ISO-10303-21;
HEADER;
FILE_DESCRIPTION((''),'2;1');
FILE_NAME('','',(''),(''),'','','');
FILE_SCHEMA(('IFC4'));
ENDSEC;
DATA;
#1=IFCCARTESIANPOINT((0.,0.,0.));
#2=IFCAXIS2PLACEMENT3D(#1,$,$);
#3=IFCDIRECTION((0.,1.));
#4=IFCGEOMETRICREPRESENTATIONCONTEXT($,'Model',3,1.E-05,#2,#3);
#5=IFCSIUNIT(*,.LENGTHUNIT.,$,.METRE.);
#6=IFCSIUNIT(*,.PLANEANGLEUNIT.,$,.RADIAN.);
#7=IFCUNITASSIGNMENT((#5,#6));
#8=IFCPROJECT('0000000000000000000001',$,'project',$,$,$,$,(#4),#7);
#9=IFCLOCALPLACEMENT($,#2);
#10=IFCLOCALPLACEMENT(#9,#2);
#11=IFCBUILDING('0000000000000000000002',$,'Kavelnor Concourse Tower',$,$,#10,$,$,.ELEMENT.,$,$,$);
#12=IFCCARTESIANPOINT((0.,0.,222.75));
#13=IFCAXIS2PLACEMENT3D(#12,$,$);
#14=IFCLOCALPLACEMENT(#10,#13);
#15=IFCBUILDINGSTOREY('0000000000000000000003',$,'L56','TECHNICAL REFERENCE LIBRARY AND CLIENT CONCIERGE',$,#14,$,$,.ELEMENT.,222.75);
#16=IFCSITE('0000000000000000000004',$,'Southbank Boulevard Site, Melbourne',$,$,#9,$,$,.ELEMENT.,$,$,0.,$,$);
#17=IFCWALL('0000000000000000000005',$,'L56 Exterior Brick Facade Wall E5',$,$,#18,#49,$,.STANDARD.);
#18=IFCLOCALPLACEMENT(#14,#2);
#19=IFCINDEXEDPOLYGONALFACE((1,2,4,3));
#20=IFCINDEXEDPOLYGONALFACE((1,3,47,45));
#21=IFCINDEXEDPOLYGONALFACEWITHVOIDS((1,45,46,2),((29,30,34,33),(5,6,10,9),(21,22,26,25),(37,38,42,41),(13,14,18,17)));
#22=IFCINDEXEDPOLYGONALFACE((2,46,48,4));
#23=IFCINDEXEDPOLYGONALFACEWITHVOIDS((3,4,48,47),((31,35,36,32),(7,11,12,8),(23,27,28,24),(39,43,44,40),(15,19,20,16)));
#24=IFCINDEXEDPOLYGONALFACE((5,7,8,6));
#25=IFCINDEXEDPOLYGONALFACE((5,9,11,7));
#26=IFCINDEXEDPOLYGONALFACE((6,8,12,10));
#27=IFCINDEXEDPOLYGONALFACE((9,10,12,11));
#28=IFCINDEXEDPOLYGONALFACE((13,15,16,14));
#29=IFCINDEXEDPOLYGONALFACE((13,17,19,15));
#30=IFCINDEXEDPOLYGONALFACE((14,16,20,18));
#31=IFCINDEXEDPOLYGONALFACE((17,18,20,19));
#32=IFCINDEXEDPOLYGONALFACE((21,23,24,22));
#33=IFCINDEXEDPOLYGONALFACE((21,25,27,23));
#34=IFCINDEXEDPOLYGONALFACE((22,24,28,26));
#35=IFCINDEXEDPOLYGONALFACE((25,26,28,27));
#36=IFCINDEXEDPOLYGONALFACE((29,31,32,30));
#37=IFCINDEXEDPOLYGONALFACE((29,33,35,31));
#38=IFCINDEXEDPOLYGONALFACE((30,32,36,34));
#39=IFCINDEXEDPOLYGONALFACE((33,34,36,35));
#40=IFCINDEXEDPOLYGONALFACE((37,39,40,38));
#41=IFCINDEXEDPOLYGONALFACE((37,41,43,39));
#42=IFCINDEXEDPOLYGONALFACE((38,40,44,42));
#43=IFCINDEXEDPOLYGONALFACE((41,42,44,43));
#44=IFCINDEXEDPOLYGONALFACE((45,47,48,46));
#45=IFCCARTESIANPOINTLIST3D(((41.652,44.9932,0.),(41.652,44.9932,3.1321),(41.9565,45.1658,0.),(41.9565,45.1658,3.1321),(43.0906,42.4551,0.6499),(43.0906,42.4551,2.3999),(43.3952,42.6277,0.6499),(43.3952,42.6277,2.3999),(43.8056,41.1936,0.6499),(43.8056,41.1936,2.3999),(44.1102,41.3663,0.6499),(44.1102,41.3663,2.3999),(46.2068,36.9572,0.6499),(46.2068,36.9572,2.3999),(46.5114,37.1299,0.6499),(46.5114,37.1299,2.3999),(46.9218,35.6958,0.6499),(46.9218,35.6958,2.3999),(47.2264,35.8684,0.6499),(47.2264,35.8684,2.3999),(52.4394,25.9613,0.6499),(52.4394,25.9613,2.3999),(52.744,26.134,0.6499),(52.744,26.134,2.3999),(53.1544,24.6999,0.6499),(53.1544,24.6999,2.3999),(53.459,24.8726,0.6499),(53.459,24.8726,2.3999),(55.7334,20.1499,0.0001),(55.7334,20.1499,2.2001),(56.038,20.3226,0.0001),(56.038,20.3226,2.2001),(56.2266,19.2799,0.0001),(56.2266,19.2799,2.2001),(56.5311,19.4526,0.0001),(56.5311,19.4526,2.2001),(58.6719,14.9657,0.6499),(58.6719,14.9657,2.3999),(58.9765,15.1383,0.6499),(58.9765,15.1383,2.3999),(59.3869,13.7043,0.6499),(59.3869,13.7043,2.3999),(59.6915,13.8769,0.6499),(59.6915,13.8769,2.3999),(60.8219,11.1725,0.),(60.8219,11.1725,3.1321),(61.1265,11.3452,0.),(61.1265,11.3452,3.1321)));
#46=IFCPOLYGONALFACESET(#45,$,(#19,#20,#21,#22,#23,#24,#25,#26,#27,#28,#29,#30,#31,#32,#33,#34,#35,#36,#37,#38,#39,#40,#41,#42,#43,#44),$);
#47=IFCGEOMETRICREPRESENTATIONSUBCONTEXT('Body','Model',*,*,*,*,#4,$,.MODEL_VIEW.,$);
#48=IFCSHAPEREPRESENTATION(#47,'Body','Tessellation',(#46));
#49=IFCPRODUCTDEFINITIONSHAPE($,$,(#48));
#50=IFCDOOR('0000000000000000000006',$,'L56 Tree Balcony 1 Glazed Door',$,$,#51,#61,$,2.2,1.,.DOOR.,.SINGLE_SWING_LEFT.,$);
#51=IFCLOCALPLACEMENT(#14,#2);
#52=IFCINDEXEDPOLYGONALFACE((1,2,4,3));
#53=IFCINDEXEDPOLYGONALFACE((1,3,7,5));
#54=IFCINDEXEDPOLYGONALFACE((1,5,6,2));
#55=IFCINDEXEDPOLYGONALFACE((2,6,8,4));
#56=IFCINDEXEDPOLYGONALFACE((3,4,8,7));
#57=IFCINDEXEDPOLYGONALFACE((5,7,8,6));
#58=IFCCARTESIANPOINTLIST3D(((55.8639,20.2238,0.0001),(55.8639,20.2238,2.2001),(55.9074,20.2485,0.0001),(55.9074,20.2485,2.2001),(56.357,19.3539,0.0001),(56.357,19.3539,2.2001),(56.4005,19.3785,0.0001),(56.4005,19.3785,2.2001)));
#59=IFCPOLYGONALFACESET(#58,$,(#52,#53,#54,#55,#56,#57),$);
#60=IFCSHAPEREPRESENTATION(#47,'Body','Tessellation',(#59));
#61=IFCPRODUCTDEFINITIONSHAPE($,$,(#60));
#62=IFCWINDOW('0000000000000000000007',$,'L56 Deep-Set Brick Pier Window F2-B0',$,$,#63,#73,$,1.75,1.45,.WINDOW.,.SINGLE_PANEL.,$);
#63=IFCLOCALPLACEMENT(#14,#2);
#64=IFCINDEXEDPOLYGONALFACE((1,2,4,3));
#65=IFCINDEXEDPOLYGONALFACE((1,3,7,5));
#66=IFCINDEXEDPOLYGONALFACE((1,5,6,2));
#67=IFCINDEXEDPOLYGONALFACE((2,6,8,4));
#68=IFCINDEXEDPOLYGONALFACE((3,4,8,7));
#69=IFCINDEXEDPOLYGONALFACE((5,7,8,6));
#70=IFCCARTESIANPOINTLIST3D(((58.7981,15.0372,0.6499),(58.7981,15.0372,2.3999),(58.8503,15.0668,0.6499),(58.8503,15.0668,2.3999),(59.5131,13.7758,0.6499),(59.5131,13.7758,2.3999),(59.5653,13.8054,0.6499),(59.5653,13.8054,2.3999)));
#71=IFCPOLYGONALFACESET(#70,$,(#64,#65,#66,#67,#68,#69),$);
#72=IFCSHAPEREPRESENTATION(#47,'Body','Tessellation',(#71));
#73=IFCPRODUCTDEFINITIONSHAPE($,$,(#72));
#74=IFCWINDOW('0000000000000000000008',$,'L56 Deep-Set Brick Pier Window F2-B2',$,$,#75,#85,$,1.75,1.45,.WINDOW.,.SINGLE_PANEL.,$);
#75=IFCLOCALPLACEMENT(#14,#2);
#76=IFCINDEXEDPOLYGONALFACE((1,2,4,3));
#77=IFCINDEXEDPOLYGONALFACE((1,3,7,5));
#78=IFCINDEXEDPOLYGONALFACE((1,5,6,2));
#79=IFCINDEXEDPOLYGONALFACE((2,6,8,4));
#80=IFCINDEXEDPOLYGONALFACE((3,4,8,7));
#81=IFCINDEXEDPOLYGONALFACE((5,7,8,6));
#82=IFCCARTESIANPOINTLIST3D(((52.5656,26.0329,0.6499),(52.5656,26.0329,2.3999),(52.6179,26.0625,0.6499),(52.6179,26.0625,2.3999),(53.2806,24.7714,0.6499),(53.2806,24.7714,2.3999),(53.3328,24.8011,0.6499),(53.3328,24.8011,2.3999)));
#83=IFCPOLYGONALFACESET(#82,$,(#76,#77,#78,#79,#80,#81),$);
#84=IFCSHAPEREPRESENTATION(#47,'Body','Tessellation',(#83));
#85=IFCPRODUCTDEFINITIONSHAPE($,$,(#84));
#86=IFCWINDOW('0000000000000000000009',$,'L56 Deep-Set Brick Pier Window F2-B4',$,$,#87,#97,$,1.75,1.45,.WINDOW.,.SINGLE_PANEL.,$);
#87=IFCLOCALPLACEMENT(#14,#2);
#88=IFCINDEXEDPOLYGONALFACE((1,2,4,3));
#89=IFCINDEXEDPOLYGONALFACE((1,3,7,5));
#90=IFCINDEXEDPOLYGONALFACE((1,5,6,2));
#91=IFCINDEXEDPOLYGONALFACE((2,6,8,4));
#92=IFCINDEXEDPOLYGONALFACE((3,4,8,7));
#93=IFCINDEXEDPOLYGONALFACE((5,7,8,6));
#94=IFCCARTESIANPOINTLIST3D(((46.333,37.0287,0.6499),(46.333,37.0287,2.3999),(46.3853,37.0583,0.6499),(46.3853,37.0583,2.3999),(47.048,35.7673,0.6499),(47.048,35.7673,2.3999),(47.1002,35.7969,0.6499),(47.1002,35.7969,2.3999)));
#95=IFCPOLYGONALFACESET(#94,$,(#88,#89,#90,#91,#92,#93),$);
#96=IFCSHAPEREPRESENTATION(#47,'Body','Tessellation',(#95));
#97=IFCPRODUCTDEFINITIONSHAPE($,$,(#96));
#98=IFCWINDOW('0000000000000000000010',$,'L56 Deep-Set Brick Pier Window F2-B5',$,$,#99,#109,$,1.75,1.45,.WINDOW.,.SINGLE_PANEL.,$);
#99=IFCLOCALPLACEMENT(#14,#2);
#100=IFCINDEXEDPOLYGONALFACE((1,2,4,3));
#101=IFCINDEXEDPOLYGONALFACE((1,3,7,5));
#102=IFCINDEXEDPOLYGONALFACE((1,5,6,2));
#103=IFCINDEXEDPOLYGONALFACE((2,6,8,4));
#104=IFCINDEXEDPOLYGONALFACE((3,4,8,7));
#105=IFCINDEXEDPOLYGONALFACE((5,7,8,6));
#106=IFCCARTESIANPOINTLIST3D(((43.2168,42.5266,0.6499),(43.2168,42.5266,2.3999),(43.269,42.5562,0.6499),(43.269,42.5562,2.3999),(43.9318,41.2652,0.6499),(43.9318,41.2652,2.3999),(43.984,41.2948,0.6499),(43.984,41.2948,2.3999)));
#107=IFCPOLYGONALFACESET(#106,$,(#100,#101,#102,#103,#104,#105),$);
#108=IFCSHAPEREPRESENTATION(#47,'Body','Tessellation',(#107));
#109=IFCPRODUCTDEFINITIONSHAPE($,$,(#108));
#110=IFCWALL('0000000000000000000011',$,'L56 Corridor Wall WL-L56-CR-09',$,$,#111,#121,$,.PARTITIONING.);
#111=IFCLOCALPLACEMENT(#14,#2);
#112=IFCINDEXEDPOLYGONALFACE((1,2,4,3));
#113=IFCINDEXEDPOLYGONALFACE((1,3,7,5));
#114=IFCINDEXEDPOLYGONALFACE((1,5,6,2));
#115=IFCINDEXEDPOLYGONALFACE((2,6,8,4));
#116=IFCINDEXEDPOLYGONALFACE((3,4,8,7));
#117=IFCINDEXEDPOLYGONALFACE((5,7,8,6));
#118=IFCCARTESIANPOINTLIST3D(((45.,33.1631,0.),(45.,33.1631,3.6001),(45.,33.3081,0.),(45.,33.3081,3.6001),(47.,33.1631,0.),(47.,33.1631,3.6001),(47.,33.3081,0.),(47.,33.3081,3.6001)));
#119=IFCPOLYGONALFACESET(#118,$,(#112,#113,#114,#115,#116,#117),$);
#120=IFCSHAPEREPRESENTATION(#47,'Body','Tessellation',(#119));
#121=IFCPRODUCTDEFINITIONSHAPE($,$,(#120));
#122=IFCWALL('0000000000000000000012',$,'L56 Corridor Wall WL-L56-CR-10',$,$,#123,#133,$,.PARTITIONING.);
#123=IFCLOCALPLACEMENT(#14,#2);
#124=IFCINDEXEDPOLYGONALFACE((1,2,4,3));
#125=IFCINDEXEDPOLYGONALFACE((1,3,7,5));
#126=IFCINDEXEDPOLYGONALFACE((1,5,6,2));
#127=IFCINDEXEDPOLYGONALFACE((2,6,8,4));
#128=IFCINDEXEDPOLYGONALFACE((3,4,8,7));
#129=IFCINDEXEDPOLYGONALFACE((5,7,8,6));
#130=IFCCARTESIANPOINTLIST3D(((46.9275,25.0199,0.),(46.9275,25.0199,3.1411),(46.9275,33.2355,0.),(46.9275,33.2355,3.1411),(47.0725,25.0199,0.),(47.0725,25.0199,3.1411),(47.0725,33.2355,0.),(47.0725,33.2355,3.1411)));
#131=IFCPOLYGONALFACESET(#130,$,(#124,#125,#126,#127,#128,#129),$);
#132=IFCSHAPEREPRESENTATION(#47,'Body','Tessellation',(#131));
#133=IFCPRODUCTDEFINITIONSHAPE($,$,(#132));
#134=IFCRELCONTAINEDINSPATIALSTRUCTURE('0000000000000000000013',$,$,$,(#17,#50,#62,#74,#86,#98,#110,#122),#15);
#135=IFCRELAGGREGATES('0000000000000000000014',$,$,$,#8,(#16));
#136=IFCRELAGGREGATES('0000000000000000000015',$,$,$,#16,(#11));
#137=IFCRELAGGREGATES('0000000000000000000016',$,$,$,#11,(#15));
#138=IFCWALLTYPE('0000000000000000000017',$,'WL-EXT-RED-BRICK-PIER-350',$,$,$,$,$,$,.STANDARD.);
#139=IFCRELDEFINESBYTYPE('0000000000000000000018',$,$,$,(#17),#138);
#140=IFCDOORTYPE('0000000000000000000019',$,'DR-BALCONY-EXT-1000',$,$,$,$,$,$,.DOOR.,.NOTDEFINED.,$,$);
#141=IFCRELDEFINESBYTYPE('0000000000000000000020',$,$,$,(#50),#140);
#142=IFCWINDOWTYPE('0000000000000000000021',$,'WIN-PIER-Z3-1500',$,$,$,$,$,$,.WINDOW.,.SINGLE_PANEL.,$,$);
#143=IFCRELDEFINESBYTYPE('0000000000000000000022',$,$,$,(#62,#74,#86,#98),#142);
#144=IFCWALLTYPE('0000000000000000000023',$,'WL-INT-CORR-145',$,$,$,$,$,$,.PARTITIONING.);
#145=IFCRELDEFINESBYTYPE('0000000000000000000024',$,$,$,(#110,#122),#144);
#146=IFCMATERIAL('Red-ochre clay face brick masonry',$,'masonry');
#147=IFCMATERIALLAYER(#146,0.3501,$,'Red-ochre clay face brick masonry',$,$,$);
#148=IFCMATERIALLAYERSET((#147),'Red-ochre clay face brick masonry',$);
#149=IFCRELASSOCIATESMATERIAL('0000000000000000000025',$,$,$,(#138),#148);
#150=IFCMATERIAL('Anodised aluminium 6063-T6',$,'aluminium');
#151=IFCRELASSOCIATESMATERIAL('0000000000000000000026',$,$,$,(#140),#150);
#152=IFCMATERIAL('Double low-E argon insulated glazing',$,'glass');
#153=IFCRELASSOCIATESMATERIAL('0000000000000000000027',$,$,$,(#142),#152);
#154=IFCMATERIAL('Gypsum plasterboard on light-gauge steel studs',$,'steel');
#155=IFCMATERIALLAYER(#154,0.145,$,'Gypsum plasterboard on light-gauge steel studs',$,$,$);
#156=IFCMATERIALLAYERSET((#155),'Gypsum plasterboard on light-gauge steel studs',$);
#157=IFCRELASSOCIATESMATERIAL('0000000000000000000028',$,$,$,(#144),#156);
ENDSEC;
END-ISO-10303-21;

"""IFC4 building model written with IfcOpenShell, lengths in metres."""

from ifc_helpers import new_model, si_unit, direction, frame, frame_2d, origin, place, context, subcontext, project, spatial, rectangle, extrude, material, layer, layer_set, type_object, element, fill, save


model = new_model("IFC4")

# Units and contexts
model_context = context("Model", 3, precision=1e-05, world=origin(), true_north=direction((0.0, 1.0)))
body_context = subcontext(model_context, "Body", "Model", "MODEL_VIEW")
ifc_project = project(units=[si_unit("LENGTHUNIT", "METRE"), si_unit("PLANEANGLEUNIT", "RADIAN")], contexts=[model_context])

# Site, building, storey
site_placement = place(None, origin())
site = spatial("IfcSite", under=ifc_project, at=site_placement, Name="Southbank Boulevard Site, Melbourne", CompositionType="ELEMENT", RefElevation=0.0)
building_placement = place(site_placement, origin())
building = spatial("IfcBuilding", under=site, at=building_placement, Name="Kavelnor Concourse Tower", CompositionType="ELEMENT")
storey_placement = place(building_placement, frame((0.0, 0.0, 222.75)))
storey = spatial("IfcBuildingStorey", under=building, at=storey_placement, Name="L56", Description="TECHNICAL REFERENCE LIBRARY AND CLIENT CONCIERGE", CompositionType="ELEMENT", Elevation=222.75)

# Wall, openings, door, windows
ifc_material_1 = material(Name="Red-ochre clay face brick masonry", Category="masonry")
ifc_layer_1 = layer(ifc_material_1, 0.3501, Name="Red-ochre clay face brick masonry")
ifc_layer_set_1 = layer_set([ifc_layer_1], Name="Red-ochre clay face brick masonry")
wall_type_1 = type_object("IfcWallType", Name="WL-EXT-RED-BRICK-PIER-350", PredefinedType="STANDARD", material=ifc_layer_set_1)
wall_1_placement = place(storey_placement, frame((41.8042, 45.0796, 0.0), z_axis=(0.0, 0.0, 1.0), x_axis=(0.493109, -0.869968, 0.0)))
wall_1 = element("IfcWall", 1, at=wall_1_placement, inside=storey, type_object=wall_type_1, Name="L56 Exterior Brick Facade Wall E5", PredefinedType="STANDARD", context=body_context, shape_type="SweptSolid", body=[
    extrude(rectangle(XDim=38.8757, YDim=0.3501, at=frame_2d((19.438, 0.0))), origin(), (0.0, 0.0, 1.0), 3.1321),
])
opening_1_placement = place(wall_1_placement, frame((28.5566, 0.0, 0.0)))
opening_1 = element("IfcOpeningElement", 2, at=opening_1_placement, cuts=wall_1, PredefinedType="OPENING", context=body_context, shape_type="SweptSolid", body=[
    extrude(rectangle(XDim=1.0, YDim=2.2, at=frame_2d((0.5, 1.1001))), frame((0.0, 0.1851, 0.0), z_axis=(0.0, -1.0, 0.0), x_axis=(1.0, 0.0, 0.0)), (0.0, 0.0, 1.0), 0.3701),
])
opening_2_placement = place(wall_1_placement, frame((34.5156, 0.0, 0.6499)))
opening_2 = element("IfcOpeningElement", 3, at=opening_2_placement, cuts=wall_1, PredefinedType="OPENING", context=body_context, shape_type="SweptSolid", body=[
    extrude(rectangle(XDim=1.45, YDim=1.75, at=frame_2d((0.7251, 0.875))), frame((0.0, 0.1851, 0.0), z_axis=(0.0, -1.0, 0.0), x_axis=(1.0, 0.0, 0.0)), (0.0, 0.0, 1.0), 0.3701),
])
opening_3_placement = place(wall_1_placement, frame((21.8765, 0.0, 0.6499)))
opening_3 = element("IfcOpeningElement", 4, at=opening_3_placement, cuts=wall_1, PredefinedType="OPENING", context=body_context, shape_type="SweptSolid", body=[
    extrude(rectangle(XDim=1.45, YDim=1.75, at=frame_2d((0.7251, 0.875))), frame((0.0, 0.1851, 0.0), z_axis=(0.0, -1.0, 0.0), x_axis=(1.0, 0.0, 0.0)), (0.0, 0.0, 1.0), 0.3701),
])
opening_4_placement = place(wall_1_placement, frame((9.2371, 0.0, 0.6499)))
opening_4 = element("IfcOpeningElement", 5, at=opening_4_placement, cuts=wall_1, PredefinedType="OPENING", context=body_context, shape_type="SweptSolid", body=[
    extrude(rectangle(XDim=1.45, YDim=1.75, at=frame_2d((0.7251, 0.875))), frame((0.0, 0.1851, 0.0), z_axis=(0.0, -1.0, 0.0), x_axis=(1.0, 0.0, 0.0)), (0.0, 0.0, 1.0), 0.3701),
])
opening_5_placement = place(wall_1_placement, frame((2.9175, 0.0, 0.6499)))
opening_5 = element("IfcOpeningElement", 6, at=opening_5_placement, cuts=wall_1, PredefinedType="OPENING", context=body_context, shape_type="SweptSolid", body=[
    extrude(rectangle(XDim=1.45, YDim=1.75, at=frame_2d((0.7251, 0.875))), frame((0.0, 0.1851, 0.0), z_axis=(0.0, -1.0, 0.0), x_axis=(1.0, 0.0, 0.0)), (0.0, 0.0, 1.0), 0.3701),
])
ifc_material_2 = material(Name="Anodised aluminium 6063-T6", Category="aluminium")
door_type = type_object("IfcDoorType", Name="DR-BALCONY-EXT-1000", OperationType="NOTDEFINED", PredefinedType="DOOR", material=ifc_material_2)
door_placement = place(opening_1_placement, origin())
door = element("IfcDoor", 7, at=door_placement, inside=storey, type_object=door_type, Name="L56 Tree Balcony 1 Glazed Door", OperationType="SINGLE_SWING_LEFT", OverallHeight=2.2, OverallWidth=1.0, PredefinedType="DOOR", context=body_context, shape_type="SweptSolid", body=[
    extrude(rectangle(XDim=1.0, YDim=2.2, at=frame_2d((0.5, 1.1001))), frame((0.0, 0.0249, 0.0), z_axis=(0.0, -1.0, 0.0), x_axis=(1.0, 0.0, 0.0)), (0.0, 0.0, 1.0), 0.05),
])
fill(opening_1, door)
ifc_material_3 = material(Name="Double low-E argon insulated glazing", Category="glass")
window_type = type_object("IfcWindowType", Name="WIN-PIER-Z3-1500", PartitioningType="SINGLE_PANEL", PredefinedType="WINDOW", material=ifc_material_3)
window_1_placement = place(opening_2_placement, origin())
window_1 = element("IfcWindow", 8, at=window_1_placement, inside=storey, type_object=window_type, Name="L56 Deep-Set Brick Pier Window F2-B0", OverallHeight=1.75, OverallWidth=1.45, PartitioningType="SINGLE_PANEL", PredefinedType="WINDOW", context=body_context, shape_type="SweptSolid", body=[
    extrude(rectangle(XDim=1.45, YDim=1.75, at=frame_2d((0.7251, 0.875))), frame((0.0, 0.03, 0.0), z_axis=(0.0, -1.0, 0.0), x_axis=(1.0, 0.0, 0.0)), (0.0, 0.0, 1.0), 0.0601),
])
fill(opening_2, window_1)
window_2_placement = place(opening_3_placement, origin())
window_2 = element("IfcWindow", 9, at=window_2_placement, inside=storey, type_object=window_type, Name="L56 Deep-Set Brick Pier Window F2-B2", OverallHeight=1.75, OverallWidth=1.45, PartitioningType="SINGLE_PANEL", PredefinedType="WINDOW", context=body_context, shape_type="SweptSolid", body=[
    extrude(rectangle(XDim=1.45, YDim=1.75, at=frame_2d((0.7251, 0.875))), frame((0.0, 0.03, 0.0), z_axis=(0.0, -1.0, 0.0), x_axis=(1.0, 0.0, 0.0)), (0.0, 0.0, 1.0), 0.0601),
])
fill(opening_3, window_2)
window_3_placement = place(opening_4_placement, origin())
window_3 = element("IfcWindow", 10, at=window_3_placement, inside=storey, type_object=window_type, Name="L56 Deep-Set Brick Pier Window F2-B4", OverallHeight=1.75, OverallWidth=1.45, PartitioningType="SINGLE_PANEL", PredefinedType="WINDOW", context=body_context, shape_type="SweptSolid", body=[
    extrude(rectangle(XDim=1.45, YDim=1.75, at=frame_2d((0.7251, 0.875))), frame((0.0, 0.03, 0.0), z_axis=(0.0, -1.0, 0.0), x_axis=(1.0, 0.0, 0.0)), (0.0, 0.0, 1.0), 0.0601),
])
fill(opening_4, window_3)
window_4_placement = place(opening_5_placement, origin())
window_4 = element("IfcWindow", 11, at=window_4_placement, inside=storey, type_object=window_type, Name="L56 Deep-Set Brick Pier Window F2-B5", OverallHeight=1.75, OverallWidth=1.45, PartitioningType="SINGLE_PANEL", PredefinedType="WINDOW", context=body_context, shape_type="SweptSolid", body=[
    extrude(rectangle(XDim=1.45, YDim=1.75, at=frame_2d((0.7251, 0.875))), frame((0.0, 0.03, 0.0), z_axis=(0.0, -1.0, 0.0), x_axis=(1.0, 0.0, 0.0)), (0.0, 0.0, 1.0), 0.0601),
])
fill(opening_5, window_4)

# Walls
ifc_material_4 = material(Name="Gypsum plasterboard on light-gauge steel studs", Category="steel")
ifc_layer_2 = layer(ifc_material_4, 0.145, Name="Gypsum plasterboard on light-gauge steel studs")
ifc_layer_set_2 = layer_set([ifc_layer_2], Name="Gypsum plasterboard on light-gauge steel studs")
wall_type_2 = type_object("IfcWallType", Name="WL-INT-CORR-145", PredefinedType="PARTITIONING", material=ifc_layer_set_2)
wall_2_placement = place(storey_placement, frame((45.0, 33.2356, 0.0), z_axis=(0.0, 0.0, 1.0), x_axis=(1.0, 0.0, 0.0)))
element("IfcWall", 12, at=wall_2_placement, inside=storey, type_object=wall_type_2, Name="L56 Corridor Wall WL-L56-CR-09", PredefinedType="PARTITIONING", context=body_context, shape_type="SweptSolid", body=[
    extrude(rectangle(XDim=2.0, YDim=0.145, at=frame_2d((1.0, 0.0))), origin(), (0.0, 0.0, 1.0), 3.6001),
])
wall_3_placement = place(storey_placement, frame((47.0, 33.2356, 0.0), z_axis=(0.0, 0.0, 1.0), x_axis=(0.0, -1.0, 0.0)))
element("IfcWall", 13, at=wall_3_placement, inside=storey, type_object=wall_type_2, Name="L56 Corridor Wall WL-L56-CR-10", PredefinedType="PARTITIONING", context=body_context, shape_type="SweptSolid", body=[
    extrude(rectangle(XDim=8.2156, YDim=0.145, at=frame_2d((4.1079, 0.0))), origin(), (0.0, 0.0, 1.0), 3.1411),
])

save(model, "model.ifc")
